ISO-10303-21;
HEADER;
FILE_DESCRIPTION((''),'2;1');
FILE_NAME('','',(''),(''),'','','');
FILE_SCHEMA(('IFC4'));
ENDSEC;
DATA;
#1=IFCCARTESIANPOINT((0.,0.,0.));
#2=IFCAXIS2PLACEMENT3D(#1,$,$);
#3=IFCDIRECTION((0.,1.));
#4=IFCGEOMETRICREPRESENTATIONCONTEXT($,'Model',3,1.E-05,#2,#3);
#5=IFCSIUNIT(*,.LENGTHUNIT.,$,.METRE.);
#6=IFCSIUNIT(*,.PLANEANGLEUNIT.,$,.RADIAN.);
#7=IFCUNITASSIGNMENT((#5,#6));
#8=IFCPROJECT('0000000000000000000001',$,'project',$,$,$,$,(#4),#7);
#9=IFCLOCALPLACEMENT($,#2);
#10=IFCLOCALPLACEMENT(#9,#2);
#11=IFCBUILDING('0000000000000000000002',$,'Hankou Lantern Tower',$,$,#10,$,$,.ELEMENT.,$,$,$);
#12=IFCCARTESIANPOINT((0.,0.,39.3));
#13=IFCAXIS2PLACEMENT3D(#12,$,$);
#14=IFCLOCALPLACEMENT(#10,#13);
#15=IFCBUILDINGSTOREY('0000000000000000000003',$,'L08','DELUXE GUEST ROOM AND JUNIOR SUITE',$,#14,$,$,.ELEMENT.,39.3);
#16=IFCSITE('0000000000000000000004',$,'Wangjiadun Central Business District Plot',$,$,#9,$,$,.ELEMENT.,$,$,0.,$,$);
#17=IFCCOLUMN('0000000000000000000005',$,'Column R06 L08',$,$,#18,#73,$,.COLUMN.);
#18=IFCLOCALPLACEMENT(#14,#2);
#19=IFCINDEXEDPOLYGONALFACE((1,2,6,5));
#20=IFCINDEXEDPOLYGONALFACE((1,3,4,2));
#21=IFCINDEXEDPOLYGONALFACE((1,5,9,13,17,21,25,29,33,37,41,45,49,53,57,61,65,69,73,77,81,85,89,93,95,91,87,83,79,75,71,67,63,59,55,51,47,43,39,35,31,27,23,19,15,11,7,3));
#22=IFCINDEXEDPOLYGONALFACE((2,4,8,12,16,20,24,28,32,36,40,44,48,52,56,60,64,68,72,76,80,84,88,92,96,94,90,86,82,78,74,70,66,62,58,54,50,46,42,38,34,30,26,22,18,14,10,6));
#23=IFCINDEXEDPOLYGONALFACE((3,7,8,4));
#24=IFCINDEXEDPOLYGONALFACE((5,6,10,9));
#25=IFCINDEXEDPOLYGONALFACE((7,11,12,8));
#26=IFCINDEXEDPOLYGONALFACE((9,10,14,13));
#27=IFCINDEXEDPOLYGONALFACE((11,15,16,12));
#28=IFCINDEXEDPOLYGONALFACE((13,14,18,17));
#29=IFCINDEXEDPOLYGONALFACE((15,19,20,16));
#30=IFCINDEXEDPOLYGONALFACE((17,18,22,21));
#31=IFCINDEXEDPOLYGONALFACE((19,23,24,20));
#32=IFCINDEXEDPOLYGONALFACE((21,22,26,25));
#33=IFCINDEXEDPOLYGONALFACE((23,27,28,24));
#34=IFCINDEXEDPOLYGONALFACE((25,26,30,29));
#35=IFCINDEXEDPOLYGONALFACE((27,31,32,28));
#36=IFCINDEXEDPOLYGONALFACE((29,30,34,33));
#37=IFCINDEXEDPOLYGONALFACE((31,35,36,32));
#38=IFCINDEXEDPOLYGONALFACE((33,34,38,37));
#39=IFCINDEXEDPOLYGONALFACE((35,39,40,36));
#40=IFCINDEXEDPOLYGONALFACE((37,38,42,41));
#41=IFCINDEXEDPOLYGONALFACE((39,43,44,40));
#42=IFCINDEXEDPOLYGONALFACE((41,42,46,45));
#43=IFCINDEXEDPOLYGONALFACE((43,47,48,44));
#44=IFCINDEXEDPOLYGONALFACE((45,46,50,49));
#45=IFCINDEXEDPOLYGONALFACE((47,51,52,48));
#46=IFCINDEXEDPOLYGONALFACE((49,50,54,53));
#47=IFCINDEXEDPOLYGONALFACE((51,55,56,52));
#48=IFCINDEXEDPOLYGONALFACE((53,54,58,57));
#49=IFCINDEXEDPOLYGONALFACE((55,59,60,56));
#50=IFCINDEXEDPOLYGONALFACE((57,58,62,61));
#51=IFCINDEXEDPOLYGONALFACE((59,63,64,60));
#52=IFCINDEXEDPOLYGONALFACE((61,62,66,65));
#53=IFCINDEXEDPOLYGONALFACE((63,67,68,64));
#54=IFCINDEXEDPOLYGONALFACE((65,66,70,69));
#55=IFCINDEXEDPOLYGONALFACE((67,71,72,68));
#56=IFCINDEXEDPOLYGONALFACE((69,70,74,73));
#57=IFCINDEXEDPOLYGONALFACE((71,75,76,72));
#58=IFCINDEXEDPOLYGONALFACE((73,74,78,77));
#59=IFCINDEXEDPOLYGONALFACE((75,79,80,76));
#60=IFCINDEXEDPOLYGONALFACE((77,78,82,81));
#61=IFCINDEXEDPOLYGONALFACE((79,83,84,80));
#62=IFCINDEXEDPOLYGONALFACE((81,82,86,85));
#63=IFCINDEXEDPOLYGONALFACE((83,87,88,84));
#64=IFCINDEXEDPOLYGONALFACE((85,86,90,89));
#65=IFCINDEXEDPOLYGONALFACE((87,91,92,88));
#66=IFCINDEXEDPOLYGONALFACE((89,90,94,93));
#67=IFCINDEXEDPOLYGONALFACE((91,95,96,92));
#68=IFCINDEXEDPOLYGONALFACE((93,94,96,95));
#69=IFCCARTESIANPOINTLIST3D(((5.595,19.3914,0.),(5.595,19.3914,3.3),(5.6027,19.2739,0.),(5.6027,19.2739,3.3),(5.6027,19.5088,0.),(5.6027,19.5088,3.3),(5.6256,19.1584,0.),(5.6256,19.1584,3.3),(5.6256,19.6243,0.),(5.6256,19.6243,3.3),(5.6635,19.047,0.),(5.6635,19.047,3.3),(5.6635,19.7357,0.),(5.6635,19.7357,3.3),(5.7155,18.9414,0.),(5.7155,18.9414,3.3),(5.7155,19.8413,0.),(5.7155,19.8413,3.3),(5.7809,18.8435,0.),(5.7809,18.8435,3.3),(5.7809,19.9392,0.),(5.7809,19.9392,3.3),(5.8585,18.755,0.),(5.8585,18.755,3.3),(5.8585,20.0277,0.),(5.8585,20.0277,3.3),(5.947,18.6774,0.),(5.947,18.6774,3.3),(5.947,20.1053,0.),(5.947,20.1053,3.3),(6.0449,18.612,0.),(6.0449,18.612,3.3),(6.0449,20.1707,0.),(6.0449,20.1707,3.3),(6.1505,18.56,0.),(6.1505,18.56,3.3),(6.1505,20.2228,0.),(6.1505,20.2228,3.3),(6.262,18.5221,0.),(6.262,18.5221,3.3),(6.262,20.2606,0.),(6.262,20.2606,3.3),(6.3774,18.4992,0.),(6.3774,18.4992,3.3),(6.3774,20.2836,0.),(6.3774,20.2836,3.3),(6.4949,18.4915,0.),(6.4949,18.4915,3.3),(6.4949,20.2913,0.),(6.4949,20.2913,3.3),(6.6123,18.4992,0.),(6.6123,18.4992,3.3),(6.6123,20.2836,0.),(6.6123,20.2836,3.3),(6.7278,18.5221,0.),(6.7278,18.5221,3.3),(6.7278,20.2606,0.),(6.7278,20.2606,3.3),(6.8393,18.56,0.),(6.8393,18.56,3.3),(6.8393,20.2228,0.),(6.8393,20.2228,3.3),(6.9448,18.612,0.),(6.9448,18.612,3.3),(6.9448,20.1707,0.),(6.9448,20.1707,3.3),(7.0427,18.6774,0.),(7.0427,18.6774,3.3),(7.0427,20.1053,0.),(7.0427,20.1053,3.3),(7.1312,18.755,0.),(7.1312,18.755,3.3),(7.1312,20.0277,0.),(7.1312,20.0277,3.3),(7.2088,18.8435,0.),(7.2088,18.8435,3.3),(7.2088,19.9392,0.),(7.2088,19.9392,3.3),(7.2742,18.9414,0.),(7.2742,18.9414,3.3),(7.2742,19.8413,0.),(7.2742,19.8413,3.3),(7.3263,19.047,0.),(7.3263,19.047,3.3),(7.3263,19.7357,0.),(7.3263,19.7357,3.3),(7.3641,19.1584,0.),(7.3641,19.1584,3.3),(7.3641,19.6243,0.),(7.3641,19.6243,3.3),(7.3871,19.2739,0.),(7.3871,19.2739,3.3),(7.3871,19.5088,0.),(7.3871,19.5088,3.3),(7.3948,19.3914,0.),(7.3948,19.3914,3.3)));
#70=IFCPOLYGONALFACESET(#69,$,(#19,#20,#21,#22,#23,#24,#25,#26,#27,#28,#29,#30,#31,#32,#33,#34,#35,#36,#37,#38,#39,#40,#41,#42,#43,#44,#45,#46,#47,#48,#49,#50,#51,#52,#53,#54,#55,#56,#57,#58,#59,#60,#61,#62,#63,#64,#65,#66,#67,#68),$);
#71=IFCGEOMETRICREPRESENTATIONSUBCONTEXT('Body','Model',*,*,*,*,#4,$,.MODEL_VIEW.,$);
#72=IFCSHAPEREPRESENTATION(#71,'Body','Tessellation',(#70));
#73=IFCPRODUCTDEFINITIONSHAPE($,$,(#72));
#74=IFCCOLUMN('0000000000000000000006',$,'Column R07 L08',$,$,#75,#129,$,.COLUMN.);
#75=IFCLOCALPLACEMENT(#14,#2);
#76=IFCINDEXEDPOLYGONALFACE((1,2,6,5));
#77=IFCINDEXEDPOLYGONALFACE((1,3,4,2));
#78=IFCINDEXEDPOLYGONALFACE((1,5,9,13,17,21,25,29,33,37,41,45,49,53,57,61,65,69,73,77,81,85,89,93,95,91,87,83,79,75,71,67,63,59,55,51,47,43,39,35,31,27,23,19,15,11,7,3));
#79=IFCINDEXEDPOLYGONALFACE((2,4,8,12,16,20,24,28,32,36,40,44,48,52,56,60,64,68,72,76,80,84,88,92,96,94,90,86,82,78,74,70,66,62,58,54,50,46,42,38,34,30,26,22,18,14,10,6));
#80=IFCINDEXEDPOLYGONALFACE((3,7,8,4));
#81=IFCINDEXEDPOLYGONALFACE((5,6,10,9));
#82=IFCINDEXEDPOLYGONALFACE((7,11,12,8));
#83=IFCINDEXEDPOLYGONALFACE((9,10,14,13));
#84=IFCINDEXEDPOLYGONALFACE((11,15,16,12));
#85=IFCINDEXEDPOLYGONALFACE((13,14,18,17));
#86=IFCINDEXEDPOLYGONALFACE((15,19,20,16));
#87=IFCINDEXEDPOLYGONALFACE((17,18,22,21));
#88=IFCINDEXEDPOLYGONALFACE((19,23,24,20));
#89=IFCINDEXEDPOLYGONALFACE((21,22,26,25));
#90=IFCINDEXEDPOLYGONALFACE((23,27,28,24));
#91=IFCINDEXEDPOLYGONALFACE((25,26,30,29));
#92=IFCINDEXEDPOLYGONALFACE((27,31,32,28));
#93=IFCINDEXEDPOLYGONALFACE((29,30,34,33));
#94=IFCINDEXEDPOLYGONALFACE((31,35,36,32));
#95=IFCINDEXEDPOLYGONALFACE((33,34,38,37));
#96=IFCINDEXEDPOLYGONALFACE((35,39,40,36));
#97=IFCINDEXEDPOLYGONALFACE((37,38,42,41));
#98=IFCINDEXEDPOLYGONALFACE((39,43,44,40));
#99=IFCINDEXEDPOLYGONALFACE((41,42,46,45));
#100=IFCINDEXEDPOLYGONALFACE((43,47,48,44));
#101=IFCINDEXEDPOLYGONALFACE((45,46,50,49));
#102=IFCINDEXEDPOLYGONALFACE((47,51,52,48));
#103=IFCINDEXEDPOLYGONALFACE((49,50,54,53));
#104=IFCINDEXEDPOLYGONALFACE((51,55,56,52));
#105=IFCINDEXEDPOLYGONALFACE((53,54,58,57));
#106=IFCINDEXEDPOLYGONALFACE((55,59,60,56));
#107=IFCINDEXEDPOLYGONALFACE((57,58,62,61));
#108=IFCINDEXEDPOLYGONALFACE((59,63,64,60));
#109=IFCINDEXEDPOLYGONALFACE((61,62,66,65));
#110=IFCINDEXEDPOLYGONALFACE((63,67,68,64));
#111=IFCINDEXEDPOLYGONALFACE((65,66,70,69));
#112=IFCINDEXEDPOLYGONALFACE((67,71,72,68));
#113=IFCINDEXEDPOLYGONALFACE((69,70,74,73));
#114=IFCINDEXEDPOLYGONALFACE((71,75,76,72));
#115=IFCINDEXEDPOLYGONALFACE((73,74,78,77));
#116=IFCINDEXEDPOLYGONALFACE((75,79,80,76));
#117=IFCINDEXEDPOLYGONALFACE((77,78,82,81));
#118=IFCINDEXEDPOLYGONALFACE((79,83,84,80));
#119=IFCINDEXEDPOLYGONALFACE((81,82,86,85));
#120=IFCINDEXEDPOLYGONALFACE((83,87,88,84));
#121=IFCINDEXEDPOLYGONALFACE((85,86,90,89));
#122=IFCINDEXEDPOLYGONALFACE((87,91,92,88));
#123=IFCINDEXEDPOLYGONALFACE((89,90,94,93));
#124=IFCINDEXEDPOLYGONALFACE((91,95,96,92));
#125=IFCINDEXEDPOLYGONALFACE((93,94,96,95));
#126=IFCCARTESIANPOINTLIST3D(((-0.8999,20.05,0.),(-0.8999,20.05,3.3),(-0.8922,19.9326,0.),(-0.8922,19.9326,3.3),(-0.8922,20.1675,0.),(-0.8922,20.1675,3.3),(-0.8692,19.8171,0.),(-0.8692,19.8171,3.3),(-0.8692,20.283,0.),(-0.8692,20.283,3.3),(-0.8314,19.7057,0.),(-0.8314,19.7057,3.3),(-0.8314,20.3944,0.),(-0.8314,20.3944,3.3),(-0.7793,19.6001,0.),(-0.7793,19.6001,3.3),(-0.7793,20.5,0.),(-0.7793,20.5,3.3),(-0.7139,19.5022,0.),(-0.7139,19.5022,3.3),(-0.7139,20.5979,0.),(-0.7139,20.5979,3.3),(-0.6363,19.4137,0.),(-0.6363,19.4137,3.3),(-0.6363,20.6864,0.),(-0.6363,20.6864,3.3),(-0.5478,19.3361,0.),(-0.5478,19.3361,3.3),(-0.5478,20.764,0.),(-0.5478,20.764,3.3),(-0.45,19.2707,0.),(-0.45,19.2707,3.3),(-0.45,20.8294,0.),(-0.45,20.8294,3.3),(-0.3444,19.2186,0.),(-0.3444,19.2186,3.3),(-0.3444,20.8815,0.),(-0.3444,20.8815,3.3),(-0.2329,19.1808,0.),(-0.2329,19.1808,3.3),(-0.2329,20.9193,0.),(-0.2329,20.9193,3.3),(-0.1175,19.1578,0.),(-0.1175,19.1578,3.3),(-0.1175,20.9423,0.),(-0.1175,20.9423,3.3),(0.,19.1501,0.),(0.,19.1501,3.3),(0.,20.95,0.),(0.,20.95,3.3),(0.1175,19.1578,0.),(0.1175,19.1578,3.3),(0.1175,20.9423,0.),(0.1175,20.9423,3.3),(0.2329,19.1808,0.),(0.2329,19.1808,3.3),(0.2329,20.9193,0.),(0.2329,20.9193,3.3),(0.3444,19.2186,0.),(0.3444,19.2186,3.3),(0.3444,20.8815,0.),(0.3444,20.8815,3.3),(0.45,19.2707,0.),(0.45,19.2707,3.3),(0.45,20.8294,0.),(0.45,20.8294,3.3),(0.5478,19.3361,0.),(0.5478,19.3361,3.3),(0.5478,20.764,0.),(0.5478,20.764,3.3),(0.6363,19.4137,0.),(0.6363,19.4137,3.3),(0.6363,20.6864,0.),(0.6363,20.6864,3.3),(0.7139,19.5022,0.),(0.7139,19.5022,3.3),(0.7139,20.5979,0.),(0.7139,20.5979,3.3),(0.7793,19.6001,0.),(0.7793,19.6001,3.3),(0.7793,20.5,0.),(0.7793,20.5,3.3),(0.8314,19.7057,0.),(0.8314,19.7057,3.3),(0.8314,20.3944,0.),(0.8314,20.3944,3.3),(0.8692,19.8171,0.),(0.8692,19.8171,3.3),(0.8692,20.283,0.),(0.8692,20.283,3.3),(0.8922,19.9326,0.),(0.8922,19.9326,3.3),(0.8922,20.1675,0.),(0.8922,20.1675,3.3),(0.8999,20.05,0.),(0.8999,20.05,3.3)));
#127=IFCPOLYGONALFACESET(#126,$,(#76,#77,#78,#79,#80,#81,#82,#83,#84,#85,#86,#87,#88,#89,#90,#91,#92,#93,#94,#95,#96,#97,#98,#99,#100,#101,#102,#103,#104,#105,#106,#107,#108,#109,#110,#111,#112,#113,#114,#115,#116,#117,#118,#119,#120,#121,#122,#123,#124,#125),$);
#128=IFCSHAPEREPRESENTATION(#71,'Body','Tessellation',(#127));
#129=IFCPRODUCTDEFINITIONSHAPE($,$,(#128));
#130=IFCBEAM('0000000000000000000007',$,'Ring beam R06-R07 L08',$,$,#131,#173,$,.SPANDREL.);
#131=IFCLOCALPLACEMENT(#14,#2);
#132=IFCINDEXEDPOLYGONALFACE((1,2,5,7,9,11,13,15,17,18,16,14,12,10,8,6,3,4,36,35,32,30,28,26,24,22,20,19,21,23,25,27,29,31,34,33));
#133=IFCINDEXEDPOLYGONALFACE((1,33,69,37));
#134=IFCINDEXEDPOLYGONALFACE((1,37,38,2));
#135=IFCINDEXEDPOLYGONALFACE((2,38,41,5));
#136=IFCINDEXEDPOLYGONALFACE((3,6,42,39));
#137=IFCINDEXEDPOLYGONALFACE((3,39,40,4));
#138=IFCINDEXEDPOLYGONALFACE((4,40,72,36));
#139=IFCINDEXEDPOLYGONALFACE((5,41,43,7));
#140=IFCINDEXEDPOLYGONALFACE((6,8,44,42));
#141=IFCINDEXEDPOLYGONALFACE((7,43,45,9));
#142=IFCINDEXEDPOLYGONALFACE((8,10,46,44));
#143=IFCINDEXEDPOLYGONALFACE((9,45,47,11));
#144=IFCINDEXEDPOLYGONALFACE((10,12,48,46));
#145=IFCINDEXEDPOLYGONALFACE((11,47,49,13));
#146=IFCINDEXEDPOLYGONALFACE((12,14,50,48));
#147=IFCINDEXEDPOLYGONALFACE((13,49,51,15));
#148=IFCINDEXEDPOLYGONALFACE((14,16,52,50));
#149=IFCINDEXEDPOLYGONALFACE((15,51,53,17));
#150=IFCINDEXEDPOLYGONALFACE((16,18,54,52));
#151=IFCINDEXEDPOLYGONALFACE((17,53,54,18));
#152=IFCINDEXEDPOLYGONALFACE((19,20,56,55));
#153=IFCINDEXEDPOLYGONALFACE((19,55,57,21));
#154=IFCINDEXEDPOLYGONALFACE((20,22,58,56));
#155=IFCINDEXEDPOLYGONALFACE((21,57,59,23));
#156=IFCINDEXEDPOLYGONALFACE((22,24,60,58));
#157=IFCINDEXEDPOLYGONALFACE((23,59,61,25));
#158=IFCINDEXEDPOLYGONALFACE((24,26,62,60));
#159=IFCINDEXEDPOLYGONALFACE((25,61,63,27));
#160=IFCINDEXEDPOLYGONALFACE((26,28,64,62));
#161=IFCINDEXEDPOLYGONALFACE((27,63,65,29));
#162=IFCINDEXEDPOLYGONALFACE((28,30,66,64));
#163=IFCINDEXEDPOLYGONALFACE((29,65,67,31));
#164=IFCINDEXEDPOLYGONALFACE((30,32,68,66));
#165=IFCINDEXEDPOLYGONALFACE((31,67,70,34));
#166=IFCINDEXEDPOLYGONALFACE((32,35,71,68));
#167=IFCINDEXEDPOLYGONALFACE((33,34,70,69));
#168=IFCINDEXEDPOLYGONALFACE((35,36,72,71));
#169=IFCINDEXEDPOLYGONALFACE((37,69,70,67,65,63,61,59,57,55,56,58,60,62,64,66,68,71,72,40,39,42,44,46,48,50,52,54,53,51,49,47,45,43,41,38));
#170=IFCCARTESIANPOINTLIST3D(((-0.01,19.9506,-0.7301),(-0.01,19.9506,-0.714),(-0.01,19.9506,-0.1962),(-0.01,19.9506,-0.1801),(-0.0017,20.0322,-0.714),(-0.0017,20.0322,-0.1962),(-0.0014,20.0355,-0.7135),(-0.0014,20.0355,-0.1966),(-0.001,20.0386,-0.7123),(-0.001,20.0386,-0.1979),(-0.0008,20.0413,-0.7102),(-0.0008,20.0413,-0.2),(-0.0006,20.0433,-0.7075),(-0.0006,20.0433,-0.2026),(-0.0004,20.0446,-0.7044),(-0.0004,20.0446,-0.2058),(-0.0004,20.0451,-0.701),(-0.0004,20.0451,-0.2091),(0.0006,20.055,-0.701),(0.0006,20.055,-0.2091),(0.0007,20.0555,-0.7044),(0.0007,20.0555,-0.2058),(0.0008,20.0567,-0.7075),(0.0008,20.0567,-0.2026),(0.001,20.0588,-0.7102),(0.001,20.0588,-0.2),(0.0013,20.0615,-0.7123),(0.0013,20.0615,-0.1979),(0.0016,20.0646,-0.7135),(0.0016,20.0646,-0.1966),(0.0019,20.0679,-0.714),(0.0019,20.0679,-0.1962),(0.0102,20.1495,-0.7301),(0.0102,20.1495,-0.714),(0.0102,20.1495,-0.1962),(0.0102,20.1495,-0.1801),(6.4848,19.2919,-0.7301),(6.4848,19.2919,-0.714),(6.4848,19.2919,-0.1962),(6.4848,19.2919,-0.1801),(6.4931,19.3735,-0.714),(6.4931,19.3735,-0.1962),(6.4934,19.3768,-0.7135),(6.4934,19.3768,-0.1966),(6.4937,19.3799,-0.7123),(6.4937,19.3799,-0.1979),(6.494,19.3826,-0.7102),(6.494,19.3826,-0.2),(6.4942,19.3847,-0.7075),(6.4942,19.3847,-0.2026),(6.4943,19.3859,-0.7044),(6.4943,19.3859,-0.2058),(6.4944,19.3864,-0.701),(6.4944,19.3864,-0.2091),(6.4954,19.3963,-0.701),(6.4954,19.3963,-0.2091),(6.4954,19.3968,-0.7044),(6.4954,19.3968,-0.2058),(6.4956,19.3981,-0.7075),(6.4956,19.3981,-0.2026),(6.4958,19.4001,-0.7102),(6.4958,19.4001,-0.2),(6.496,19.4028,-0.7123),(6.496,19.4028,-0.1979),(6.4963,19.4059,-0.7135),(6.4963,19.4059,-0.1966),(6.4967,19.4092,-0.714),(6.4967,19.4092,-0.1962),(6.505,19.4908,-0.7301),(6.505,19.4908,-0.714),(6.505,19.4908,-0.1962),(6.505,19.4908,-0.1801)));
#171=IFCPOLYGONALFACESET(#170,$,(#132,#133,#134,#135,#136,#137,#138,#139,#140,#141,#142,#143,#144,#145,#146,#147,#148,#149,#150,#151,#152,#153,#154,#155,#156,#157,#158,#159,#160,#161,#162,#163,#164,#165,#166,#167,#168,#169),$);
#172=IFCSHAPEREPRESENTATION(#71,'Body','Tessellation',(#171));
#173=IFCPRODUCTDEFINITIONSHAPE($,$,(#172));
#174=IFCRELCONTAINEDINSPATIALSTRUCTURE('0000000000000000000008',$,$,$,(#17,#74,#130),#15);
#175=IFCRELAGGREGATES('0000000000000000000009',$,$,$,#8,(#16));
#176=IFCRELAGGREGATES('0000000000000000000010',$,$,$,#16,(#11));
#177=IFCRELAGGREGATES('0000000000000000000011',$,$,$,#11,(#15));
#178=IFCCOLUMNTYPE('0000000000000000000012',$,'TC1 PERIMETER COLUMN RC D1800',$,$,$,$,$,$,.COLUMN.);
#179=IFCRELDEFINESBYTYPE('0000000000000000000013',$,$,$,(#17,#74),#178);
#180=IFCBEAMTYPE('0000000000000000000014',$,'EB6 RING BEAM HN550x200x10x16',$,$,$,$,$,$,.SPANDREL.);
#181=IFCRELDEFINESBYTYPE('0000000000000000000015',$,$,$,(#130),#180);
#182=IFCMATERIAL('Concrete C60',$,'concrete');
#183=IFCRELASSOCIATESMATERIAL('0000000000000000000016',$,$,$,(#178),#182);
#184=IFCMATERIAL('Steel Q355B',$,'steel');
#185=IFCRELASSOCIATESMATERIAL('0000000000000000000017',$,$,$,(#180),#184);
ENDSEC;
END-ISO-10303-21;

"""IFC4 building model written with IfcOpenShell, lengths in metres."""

from ifc_helpers import new_model, si_unit, direction, frame, origin, origin_2d, place, context, subcontext, project, spatial, circle, i_section, extrude, material, material_profile, profile_set, type_object, element, save


model = new_model("IFC4")

# Units and contexts
model_context = context("Model", 3, precision=1e-05, world=origin(), true_north=direction((0.0, 1.0)))
body_context = subcontext(model_context, "Body", "Model", "MODEL_VIEW")
ifc_project = project(units=[si_unit("LENGTHUNIT", "METRE"), si_unit("PLANEANGLEUNIT", "RADIAN")], contexts=[model_context])

# Site, building, storey
site_placement = place(None, origin())
site = spatial("IfcSite", under=ifc_project, at=site_placement, Name="Wangjiadun Central Business District Plot", CompositionType="ELEMENT", RefElevation=0.0)
building_placement = place(site_placement, origin())
building = spatial("IfcBuilding", under=site, at=building_placement, Name="Hankou Lantern Tower", CompositionType="ELEMENT")
storey_placement = place(building_placement, frame((0.0, 0.0, 39.3)))
storey = spatial("IfcBuildingStorey", under=building, at=storey_placement, Name="L08", Description="DELUXE GUEST ROOM AND JUNIOR SUITE", CompositionType="ELEMENT", Elevation=39.3)

# Columns
ifc_material_1 = material(Name="Concrete C60", Category="concrete")
ifc_material_profile_1 = material_profile(ifc_material_1, circle(Radius=0.8999, at=origin_2d()), Name="RC D1800")
ifc_profile_set_1 = profile_set([ifc_material_profile_1], Name="Concrete C60")
column_type = type_object("IfcColumnType", Name="TC1 PERIMETER COLUMN RC D1800", PredefinedType="COLUMN", material=ifc_profile_set_1)
for number, where, z_axis, x_axis, name in (
    (1, (6.4949, 19.3914, 0.0), (0.0, 0.0, 1.0), (1.0, 0.0, 0.0), "Column R06 L08"),
    (2, (0.0, 20.05, 0.0), (0.0, 0.0, 1.0), (1.0, 0.0, 0.0), "Column R07 L08"),
):
    element("IfcColumn", number, at=place(storey_placement, frame(where, z_axis=z_axis, x_axis=x_axis)), inside=storey, type_object=column_type, Name=name, PredefinedType="COLUMN", context=body_context, shape_type="SweptSolid", body=[
        extrude(circle(Radius=0.8999, at=origin_2d()), origin(), (0.0, 0.0, 1.0), 3.3),
    ])

# Beam
ifc_material_2 = material(Name="Steel Q355B", Category="steel")
ifc_material_profile_2 = material_profile(ifc_material_2, i_section(OverallWidth=0.2, OverallDepth=0.55, WebThickness=0.01, FlangeThickness=0.0161, FilletRadius=0.0129, at=origin_2d()), Name="HN550x200x10x16")
ifc_profile_set_2 = profile_set([ifc_material_profile_2], Name="Steel Q355B")
beam_type_1 = type_object("IfcBeamType", Name="EB6 RING BEAM HN550x200x10x16", PredefinedType="SPANDREL", material=ifc_profile_set_2)
for number, where, z_axis, x_axis, name in (
    (3, (6.4949, 19.3914, -0.4551), (-0.994897, 0.1009, 0.0), (-0.1009, -0.994897, 0.0), "Ring beam R06-R07 L08"),
):
    element("IfcBeam", number, at=place(storey_placement, frame(where, z_axis=z_axis, x_axis=x_axis)), inside=storey, type_object=beam_type_1, Name=name, PredefinedType="SPANDREL", context=body_context, shape_type="SweptSolid", body=[
        extrude(i_section(OverallWidth=0.2, OverallDepth=0.55, WebThickness=0.01, FlangeThickness=0.0161, FilletRadius=0.0129, at=origin_2d()), origin(), (0.0, 0.0, 1.0), 6.5281),
    ])

save(model, "model.ifc")
